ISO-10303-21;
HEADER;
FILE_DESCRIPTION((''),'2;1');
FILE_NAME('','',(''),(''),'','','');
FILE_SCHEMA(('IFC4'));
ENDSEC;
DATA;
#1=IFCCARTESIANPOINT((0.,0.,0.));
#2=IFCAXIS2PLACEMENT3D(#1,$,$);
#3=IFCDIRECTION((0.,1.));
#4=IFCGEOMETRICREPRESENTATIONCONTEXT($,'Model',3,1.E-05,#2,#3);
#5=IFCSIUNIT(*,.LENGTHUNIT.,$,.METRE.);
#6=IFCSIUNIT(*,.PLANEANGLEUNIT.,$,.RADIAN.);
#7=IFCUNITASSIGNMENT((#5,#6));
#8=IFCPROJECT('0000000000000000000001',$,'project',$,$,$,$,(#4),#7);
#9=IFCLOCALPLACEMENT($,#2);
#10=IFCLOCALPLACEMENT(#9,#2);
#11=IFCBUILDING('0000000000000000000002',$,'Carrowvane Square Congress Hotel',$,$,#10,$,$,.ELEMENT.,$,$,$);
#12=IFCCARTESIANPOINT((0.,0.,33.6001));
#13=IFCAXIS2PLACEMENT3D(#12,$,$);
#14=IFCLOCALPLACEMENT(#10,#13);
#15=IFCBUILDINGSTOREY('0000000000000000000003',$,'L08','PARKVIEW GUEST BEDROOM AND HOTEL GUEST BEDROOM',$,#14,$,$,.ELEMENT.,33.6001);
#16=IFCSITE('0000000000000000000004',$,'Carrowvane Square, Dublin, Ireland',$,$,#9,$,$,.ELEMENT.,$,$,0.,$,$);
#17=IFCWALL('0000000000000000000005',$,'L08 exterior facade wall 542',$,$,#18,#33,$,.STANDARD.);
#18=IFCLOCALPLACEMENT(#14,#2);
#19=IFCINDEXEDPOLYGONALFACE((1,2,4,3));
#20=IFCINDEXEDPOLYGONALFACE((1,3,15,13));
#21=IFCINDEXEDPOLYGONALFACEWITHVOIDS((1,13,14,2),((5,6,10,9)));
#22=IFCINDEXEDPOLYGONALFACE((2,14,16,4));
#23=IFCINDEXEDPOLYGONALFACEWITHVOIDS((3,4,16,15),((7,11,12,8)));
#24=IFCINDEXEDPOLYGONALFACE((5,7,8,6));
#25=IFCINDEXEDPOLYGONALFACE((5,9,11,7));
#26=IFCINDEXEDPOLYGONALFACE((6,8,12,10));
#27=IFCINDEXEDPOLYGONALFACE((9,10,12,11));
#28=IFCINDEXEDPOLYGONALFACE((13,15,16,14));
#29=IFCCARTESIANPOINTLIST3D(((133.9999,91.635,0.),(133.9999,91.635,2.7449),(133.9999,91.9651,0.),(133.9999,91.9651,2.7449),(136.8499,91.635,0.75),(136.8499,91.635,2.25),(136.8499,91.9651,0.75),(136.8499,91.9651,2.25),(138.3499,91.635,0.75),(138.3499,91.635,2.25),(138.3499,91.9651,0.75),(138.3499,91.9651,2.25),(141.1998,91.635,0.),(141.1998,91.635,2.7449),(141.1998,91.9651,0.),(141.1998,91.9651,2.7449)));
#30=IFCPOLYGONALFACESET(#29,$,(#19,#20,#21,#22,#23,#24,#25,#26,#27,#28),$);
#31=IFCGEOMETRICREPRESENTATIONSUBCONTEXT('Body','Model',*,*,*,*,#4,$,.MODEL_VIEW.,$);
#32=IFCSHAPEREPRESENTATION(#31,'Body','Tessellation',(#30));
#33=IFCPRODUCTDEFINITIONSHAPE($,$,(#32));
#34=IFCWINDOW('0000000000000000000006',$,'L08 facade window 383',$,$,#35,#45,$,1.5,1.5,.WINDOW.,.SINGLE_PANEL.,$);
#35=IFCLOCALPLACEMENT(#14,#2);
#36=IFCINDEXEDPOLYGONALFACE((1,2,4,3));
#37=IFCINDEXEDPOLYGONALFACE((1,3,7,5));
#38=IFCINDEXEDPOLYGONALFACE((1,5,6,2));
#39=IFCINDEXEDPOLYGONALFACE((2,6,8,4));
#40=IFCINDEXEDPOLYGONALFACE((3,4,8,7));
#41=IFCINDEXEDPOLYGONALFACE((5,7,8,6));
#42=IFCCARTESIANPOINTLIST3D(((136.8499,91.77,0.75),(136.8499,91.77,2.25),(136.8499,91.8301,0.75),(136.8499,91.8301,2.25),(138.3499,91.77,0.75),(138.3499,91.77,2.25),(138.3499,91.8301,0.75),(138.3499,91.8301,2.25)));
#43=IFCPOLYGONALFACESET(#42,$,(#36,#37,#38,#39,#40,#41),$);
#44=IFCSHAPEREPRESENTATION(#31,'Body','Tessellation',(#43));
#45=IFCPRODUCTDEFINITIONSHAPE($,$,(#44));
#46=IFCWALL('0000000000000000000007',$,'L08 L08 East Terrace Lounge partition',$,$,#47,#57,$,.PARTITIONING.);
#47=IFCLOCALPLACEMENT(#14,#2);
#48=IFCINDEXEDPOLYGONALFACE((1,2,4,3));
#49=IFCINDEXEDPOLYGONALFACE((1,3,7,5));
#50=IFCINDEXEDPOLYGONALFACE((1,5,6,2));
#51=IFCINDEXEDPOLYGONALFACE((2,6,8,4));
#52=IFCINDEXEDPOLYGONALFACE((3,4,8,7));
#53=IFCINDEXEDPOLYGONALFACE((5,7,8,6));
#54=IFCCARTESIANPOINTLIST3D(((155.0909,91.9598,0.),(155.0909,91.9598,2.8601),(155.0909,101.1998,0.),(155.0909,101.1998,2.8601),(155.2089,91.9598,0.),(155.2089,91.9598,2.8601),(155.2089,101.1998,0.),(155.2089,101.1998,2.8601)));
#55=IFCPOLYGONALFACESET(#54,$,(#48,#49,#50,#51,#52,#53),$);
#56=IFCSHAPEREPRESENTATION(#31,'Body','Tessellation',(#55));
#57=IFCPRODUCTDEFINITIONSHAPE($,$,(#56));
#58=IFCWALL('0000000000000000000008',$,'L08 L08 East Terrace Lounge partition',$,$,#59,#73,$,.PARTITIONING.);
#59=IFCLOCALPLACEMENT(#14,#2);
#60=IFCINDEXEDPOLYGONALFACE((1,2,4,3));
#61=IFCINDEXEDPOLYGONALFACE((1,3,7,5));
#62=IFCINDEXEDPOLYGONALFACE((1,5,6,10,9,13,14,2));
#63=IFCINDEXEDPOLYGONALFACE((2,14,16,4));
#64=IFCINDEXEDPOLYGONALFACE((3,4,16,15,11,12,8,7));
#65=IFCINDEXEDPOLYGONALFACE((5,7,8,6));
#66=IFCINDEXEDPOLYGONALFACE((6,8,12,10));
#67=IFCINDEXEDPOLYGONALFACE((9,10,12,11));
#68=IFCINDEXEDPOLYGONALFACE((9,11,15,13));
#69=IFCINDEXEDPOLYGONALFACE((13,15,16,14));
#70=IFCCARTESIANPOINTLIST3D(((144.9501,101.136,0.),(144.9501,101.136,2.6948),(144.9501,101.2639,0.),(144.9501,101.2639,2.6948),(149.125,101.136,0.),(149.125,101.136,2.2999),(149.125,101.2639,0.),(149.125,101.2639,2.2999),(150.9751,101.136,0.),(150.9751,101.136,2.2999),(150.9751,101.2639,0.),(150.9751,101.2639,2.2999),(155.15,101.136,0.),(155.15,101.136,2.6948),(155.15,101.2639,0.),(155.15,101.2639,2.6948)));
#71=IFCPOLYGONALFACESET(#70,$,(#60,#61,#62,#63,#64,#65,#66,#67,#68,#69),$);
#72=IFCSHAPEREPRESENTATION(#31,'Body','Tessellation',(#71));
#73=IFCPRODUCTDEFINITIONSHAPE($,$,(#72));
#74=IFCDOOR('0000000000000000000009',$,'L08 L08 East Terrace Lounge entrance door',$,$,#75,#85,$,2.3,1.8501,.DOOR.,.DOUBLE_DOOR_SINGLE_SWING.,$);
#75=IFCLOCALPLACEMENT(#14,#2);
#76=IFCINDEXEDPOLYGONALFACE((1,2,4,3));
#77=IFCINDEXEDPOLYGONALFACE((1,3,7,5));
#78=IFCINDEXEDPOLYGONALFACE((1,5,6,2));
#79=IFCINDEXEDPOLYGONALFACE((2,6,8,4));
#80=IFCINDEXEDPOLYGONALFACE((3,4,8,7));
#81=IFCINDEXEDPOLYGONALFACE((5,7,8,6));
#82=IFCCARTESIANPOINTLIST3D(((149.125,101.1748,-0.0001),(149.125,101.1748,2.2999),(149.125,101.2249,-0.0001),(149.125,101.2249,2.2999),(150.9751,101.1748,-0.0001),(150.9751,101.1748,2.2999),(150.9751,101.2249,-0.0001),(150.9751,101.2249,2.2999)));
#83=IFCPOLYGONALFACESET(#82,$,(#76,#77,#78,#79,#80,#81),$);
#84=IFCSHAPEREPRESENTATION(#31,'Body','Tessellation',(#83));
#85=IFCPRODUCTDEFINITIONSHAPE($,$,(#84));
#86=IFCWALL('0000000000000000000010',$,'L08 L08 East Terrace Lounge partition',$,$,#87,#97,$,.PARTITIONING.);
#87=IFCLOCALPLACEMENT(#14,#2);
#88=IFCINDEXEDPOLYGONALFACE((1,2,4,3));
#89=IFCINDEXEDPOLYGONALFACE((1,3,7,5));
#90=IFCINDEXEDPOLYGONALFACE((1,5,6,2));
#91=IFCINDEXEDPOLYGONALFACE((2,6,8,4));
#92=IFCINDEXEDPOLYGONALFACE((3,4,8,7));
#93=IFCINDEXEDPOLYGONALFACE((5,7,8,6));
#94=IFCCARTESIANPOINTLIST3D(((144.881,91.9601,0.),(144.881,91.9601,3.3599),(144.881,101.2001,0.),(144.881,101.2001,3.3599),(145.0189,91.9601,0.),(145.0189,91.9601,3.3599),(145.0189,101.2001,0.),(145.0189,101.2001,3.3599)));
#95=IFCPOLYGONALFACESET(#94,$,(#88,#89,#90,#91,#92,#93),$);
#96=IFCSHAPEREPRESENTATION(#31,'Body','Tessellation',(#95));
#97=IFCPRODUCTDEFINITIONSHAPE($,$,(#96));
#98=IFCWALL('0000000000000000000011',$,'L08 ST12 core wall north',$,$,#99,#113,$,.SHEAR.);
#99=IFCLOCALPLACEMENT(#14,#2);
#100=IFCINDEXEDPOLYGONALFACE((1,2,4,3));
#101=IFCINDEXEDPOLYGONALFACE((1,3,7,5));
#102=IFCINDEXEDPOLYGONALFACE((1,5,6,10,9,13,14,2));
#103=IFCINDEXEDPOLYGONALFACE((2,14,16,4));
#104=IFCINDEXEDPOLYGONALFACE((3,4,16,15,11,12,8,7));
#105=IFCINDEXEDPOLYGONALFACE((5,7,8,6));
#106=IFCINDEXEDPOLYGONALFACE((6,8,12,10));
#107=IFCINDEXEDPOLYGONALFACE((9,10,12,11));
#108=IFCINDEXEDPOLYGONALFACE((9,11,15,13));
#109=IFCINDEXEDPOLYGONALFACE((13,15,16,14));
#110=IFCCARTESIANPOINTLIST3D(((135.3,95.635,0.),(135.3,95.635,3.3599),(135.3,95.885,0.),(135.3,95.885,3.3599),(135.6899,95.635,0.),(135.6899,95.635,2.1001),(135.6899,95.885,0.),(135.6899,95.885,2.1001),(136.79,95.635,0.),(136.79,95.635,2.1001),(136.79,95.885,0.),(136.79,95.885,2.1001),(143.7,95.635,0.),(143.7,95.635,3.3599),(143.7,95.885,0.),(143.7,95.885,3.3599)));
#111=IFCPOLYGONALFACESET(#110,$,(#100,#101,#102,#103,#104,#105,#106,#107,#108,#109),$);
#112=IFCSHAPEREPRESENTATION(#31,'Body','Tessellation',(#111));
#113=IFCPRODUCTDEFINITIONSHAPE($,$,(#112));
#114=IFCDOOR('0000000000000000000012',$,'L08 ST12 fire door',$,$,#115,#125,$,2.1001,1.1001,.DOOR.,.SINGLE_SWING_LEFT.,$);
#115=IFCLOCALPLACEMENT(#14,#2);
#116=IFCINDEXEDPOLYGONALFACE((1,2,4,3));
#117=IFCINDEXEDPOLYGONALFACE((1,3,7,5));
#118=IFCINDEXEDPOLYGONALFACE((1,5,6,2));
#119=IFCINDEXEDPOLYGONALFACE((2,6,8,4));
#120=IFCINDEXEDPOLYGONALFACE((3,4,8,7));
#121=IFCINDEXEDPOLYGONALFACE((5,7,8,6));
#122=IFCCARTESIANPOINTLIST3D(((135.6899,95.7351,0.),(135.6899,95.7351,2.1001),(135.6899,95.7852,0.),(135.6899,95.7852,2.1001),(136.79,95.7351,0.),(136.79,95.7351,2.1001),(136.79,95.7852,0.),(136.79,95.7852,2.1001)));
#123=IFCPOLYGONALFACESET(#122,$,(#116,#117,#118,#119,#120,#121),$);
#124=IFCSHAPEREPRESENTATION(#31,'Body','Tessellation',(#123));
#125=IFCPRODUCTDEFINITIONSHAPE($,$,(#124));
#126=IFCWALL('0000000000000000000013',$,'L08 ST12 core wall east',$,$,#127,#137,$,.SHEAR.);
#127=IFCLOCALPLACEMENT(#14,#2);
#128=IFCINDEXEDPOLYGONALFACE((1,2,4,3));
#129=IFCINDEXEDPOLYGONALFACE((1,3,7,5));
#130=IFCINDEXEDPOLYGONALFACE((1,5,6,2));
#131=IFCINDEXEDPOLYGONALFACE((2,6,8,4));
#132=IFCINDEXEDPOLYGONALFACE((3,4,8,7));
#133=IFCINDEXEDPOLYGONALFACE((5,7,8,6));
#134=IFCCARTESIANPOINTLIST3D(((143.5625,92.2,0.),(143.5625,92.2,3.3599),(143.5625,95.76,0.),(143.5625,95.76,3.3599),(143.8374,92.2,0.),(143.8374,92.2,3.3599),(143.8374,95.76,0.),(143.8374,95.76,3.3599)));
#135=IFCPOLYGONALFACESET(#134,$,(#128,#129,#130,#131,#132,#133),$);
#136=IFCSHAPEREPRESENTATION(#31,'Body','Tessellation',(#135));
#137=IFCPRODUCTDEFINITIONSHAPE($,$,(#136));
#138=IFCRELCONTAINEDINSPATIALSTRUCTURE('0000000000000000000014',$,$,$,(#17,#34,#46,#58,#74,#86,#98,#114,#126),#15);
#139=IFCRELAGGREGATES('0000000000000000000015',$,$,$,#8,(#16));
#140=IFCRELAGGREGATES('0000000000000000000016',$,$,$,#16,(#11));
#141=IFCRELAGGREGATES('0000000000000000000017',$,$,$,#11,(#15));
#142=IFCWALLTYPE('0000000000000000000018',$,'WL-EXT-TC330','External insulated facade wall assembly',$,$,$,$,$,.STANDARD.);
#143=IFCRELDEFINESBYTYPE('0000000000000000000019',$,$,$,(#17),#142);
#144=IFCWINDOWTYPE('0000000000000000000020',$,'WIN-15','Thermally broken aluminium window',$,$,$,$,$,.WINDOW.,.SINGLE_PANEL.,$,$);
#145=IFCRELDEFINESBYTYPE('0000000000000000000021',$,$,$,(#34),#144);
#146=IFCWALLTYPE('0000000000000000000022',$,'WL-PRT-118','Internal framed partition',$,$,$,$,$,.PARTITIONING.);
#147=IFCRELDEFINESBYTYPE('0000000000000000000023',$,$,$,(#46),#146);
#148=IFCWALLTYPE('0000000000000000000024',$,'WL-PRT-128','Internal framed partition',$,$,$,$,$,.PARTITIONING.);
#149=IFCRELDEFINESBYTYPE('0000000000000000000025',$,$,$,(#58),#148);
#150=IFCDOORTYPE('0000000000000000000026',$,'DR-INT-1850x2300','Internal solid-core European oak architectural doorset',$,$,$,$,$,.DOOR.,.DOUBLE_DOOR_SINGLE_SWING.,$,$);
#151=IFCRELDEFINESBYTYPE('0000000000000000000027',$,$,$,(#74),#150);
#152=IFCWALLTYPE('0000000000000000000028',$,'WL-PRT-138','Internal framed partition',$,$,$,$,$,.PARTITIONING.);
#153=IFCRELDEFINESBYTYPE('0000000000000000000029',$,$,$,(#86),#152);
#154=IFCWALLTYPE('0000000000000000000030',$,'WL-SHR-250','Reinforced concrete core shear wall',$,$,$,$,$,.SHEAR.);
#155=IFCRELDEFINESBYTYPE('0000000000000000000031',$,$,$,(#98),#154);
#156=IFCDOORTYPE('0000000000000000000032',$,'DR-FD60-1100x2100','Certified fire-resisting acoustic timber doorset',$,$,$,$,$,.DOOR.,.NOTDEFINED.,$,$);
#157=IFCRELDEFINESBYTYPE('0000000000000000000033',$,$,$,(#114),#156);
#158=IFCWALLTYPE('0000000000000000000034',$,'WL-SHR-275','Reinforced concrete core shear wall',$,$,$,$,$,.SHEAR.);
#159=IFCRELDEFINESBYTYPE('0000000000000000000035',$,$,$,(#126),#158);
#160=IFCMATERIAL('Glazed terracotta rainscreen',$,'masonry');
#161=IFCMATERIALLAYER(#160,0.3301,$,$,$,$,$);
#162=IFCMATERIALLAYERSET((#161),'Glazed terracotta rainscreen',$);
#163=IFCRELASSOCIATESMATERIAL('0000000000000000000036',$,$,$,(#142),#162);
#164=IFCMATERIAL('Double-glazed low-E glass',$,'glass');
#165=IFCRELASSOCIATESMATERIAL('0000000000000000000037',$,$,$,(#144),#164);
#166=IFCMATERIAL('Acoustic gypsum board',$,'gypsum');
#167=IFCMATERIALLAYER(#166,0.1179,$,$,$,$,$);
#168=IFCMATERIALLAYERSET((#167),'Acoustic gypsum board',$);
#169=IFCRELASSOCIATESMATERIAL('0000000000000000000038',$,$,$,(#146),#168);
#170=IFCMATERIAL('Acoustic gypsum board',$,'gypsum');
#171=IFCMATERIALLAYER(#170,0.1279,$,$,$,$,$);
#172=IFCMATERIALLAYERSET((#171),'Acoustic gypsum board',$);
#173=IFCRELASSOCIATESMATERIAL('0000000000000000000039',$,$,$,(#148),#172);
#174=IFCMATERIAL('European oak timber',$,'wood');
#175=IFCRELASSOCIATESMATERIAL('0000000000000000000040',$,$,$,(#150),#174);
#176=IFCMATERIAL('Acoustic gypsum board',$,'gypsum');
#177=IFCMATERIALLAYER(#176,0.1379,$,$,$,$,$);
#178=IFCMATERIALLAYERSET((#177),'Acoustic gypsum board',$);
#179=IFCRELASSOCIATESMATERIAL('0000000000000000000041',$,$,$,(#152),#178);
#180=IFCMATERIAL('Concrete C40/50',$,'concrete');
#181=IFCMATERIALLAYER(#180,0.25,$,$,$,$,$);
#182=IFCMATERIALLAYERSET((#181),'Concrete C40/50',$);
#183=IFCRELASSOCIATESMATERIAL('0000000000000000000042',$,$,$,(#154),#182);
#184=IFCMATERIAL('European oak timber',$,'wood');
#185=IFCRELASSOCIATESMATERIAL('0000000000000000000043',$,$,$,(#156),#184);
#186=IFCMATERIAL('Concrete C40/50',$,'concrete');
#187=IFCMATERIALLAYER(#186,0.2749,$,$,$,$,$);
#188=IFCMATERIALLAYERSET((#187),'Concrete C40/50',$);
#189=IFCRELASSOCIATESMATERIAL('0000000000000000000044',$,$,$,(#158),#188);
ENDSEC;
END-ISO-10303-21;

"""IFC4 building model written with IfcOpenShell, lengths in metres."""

from ifc_helpers import new_model, si_unit, direction, frame, frame_2d, origin, place, context, subcontext, project, spatial, rectangle, extrude, material, layer, layer_set, type_object, element, fill, save


model = new_model("IFC4")

# Units and contexts
model_context = context("Model", 3, precision=1e-05, world=origin(), true_north=direction((0.0, 1.0)))
body_context = subcontext(model_context, "Body", "Model", "MODEL_VIEW")
ifc_project = project(units=[si_unit("LENGTHUNIT", "METRE"), si_unit("PLANEANGLEUNIT", "RADIAN")], contexts=[model_context])

# Site, building, storey
site_placement = place(None, origin())
site = spatial("IfcSite", under=ifc_project, at=site_placement, Name="Carrowvane Square, Dublin, Ireland", CompositionType="ELEMENT", RefElevation=0.0)
building_placement = place(site_placement, origin())
building = spatial("IfcBuilding", under=site, at=building_placement, Name="Carrowvane Square Congress Hotel", CompositionType="ELEMENT")
storey_placement = place(building_placement, frame((0.0, 0.0, 33.6001)))
storey = spatial("IfcBuildingStorey", under=building, at=storey_placement, Name="L08", Description="PARKVIEW GUEST BEDROOM AND HOTEL GUEST BEDROOM", CompositionType="ELEMENT", Elevation=33.6001)

# Shared definitions
ifc_material_1 = material(Name="Glazed terracotta rainscreen", Category="masonry")
ifc_layer_1 = layer(ifc_material_1, 0.3301)
ifc_layer_set_1 = layer_set([ifc_layer_1], Name="Glazed terracotta rainscreen")
wall_type_1 = type_object("IfcWallType", Name="WL-EXT-TC330", Description="External insulated facade wall assembly", PredefinedType="STANDARD", material=ifc_layer_set_1)

# Wall, opening, window
wall_1_placement = place(storey_placement, frame((141.2, 91.8, 0.0), z_axis=(0.0, 0.0, 1.0), x_axis=(-1.0, 0.0, 0.0)))
wall_1 = element("IfcWall", 1, at=wall_1_placement, inside=storey, type_object=wall_type_1, Name="L08 exterior facade wall 542", PredefinedType="STANDARD", context=body_context, shape_type="SweptSolid", body=[
    extrude(rectangle(XDim=7.2, YDim=0.3301, at=frame_2d((3.6001, 0.0))), origin(), (0.0, 0.0, 1.0), 2.7449),
])
opening_1_placement = place(wall_1_placement, frame((2.8501, 0.0, 0.75)))
opening_1 = element("IfcOpeningElement", 2, at=opening_1_placement, cuts=wall_1, PredefinedType="OPENING", context=body_context, shape_type="SweptSolid", body=[
    extrude(rectangle(XDim=1.5, YDim=1.5, at=frame_2d((0.75, 0.75))), frame((0.0, 0.175, 0.0), z_axis=(0.0, -1.0, 0.0), x_axis=(1.0, 0.0, 0.0)), (0.0, 0.0, 1.0), 0.3501),
])
ifc_material_2 = material(Name="Double-glazed low-E glass", Category="glass")
window_type_1 = type_object("IfcWindowType", Name="WIN-15", Description="Thermally broken aluminium window", PartitioningType="SINGLE_PANEL", PredefinedType="WINDOW", material=ifc_material_2)
window_1_placement = place(opening_1_placement, origin())
window_1 = element("IfcWindow", 3, at=window_1_placement, inside=storey, type_object=window_type_1, Name="L08 facade window 383", OverallHeight=1.5, OverallWidth=1.5, PartitioningType="SINGLE_PANEL", PredefinedType="WINDOW", context=body_context, shape_type="SweptSolid", body=[
    extrude(rectangle(XDim=1.5, YDim=1.5, at=frame_2d((0.75, 0.75))), frame((0.0, 0.03, 0.0), z_axis=(0.0, -1.0, 0.0), x_axis=(1.0, 0.0, 0.0)), (0.0, 0.0, 1.0), 0.0601),
])
fill(opening_1, window_1)

# Wall
ifc_material_3 = material(Name="Acoustic gypsum board", Category="gypsum")
ifc_layer_2 = layer(ifc_material_3, 0.1179)
ifc_layer_set_2 = layer_set([ifc_layer_2], Name="Acoustic gypsum board")
wall_type_2 = type_object("IfcWallType", Name="WL-PRT-118", Description="Internal framed partition", PredefinedType="PARTITIONING", material=ifc_layer_set_2)
wall_2_placement = place(storey_placement, frame((155.1499, 101.2, 0.0), z_axis=(0.0, 0.0, 1.0), x_axis=(0.0, -1.0, 0.0)))
element("IfcWall", 4, at=wall_2_placement, inside=storey, type_object=wall_type_2, Name="L08 L08 East Terrace Lounge partition", PredefinedType="PARTITIONING", context=body_context, shape_type="SweptSolid", body=[
    extrude(rectangle(XDim=9.24, YDim=0.1179, at=frame_2d((4.6201, 0.0))), origin(), (0.0, 0.0, 1.0), 2.8601),
])

# Wall, opening, door
ifc_material_4 = material(Name="Acoustic gypsum board", Category="gypsum")
ifc_layer_3 = layer(ifc_material_4, 0.1279)
ifc_layer_set_3 = layer_set([ifc_layer_3], Name="Acoustic gypsum board")
wall_type_3 = type_object("IfcWallType", Name="WL-PRT-128", Description="Internal framed partition", PredefinedType="PARTITIONING", material=ifc_layer_set_3)
wall_3_placement = place(storey_placement, frame((144.95, 101.2, 0.0), z_axis=(0.0, 0.0, 1.0), x_axis=(1.0, 0.0, 0.0)))
wall_3 = element("IfcWall", 5, at=wall_3_placement, inside=storey, type_object=wall_type_3, Name="L08 L08 East Terrace Lounge partition", PredefinedType="PARTITIONING", context=body_context, shape_type="SweptSolid", body=[
    extrude(rectangle(XDim=10.2, YDim=0.1279, at=frame_2d((5.1001, 0.0))), origin(), (0.0, 0.0, 1.0), 2.6948),
])
opening_2_placement = place(wall_3_placement, frame((4.175, 0.0, 0.0)))
opening_2 = element("IfcOpeningElement", 6, at=opening_2_placement, cuts=wall_3, PredefinedType="OPENING", context=body_context, shape_type="SweptSolid", body=[
    extrude(rectangle(XDim=1.8501, YDim=2.3, at=frame_2d((0.925, 1.1499))), frame((0.0, 0.074, 0.0), z_axis=(0.0, -1.0, 0.0), x_axis=(1.0, 0.0, 0.0)), (0.0, 0.0, 1.0), 0.1479),
])
ifc_material_5 = material(Name="European oak timber", Category="wood")
door_type_1 = type_object("IfcDoorType", Name="DR-INT-1850x2300", Description="Internal solid-core European oak architectural doorset", OperationType="DOUBLE_DOOR_SINGLE_SWING", PredefinedType="DOOR", material=ifc_material_5)
door_1_placement = place(opening_2_placement, origin())
door_1 = element("IfcDoor", 7, at=door_1_placement, inside=storey, type_object=door_type_1, Name="L08 L08 East Terrace Lounge entrance door", OperationType="DOUBLE_DOOR_SINGLE_SWING", OverallHeight=2.3, OverallWidth=1.8501, PredefinedType="DOOR", context=body_context, shape_type="SweptSolid", body=[
    extrude(rectangle(XDim=1.8501, YDim=2.3, at=frame_2d((0.925, 1.1499))), frame((0.0, 0.0249, 0.0), z_axis=(0.0, -1.0, 0.0), x_axis=(1.0, 0.0, 0.0)), (0.0, 0.0, 1.0), 0.05),
])
fill(opening_2, door_1)

# Wall
ifc_material_6 = material(Name="Acoustic gypsum board", Category="gypsum")
ifc_layer_4 = layer(ifc_material_6, 0.1379)
ifc_layer_set_4 = layer_set([ifc_layer_4], Name="Acoustic gypsum board")
wall_type_4 = type_object("IfcWallType", Name="WL-PRT-138", Description="Internal framed partition", PredefinedType="PARTITIONING", material=ifc_layer_set_4)
wall_4_placement = place(storey_placement, frame((144.95, 91.96, 0.0), z_axis=(0.0, 0.0, 1.0), x_axis=(0.0, 1.0, 0.0)))
element("IfcWall", 8, at=wall_4_placement, inside=storey, type_object=wall_type_4, Name="L08 L08 East Terrace Lounge partition", PredefinedType="PARTITIONING", context=body_context, shape_type="SweptSolid", body=[
    extrude(rectangle(XDim=9.24, YDim=0.1379, at=frame_2d((4.6201, 0.0))), origin(), (0.0, 0.0, 1.0), 3.3599),
])

# Wall, opening, door
ifc_material_7 = material(Name="Concrete C40/50", Category="concrete")
ifc_layer_5 = layer(ifc_material_7, 0.25)
ifc_layer_set_5 = layer_set([ifc_layer_5], Name="Concrete C40/50")
wall_type_5 = type_object("IfcWallType", Name="WL-SHR-250", Description="Reinforced concrete core shear wall", PredefinedType="SHEAR", material=ifc_layer_set_5)
wall_5_placement = place(storey_placement, frame((143.7, 95.76, 0.0), z_axis=(0.0, 0.0, 1.0), x_axis=(-1.0, 0.0, 0.0)))
wall_5 = element("IfcWall", 9, at=wall_5_placement, inside=storey, type_object=wall_type_5, Name="L08 ST12 core wall north", PredefinedType="SHEAR", context=body_context, shape_type="SweptSolid", body=[
    extrude(rectangle(XDim=8.3999, YDim=0.25, at=frame_2d((4.2, 0.0))), origin(), (0.0, 0.0, 1.0), 3.3599),
])
opening_3_placement = place(wall_5_placement, frame((6.9099, 0.0, 0.0)))
opening_3 = element("IfcOpeningElement", 10, at=opening_3_placement, cuts=wall_5, PredefinedType="OPENING", context=body_context, shape_type="SweptSolid", body=[
    extrude(rectangle(XDim=1.1001, YDim=2.1001, at=frame_2d((0.55, 1.05))), frame((0.0, 0.135, 0.0), z_axis=(0.0, -1.0, 0.0), x_axis=(1.0, 0.0, 0.0)), (0.0, 0.0, 1.0), 0.27),
])
ifc_material_8 = material(Name="European oak timber", Category="wood")
door_type_2 = type_object("IfcDoorType", Name="DR-FD60-1100x2100", Description="Certified fire-resisting acoustic timber doorset", OperationType="NOTDEFINED", PredefinedType="DOOR", material=ifc_material_8)
door_2_placement = place(opening_3_placement, origin())
door_2 = element("IfcDoor", 11, at=door_2_placement, inside=storey, type_object=door_type_2, Name="L08 ST12 fire door", OperationType="SINGLE_SWING_LEFT", OverallHeight=2.1001, OverallWidth=1.1001, PredefinedType="DOOR", context=body_context, shape_type="SweptSolid", body=[
    extrude(rectangle(XDim=1.1001, YDim=2.1001, at=frame_2d((0.55, 1.05))), frame((0.0, 0.0249, 0.0), z_axis=(0.0, -1.0, 0.0), x_axis=(1.0, 0.0, 0.0)), (0.0, 0.0, 1.0), 0.05),
])
fill(opening_3, door_2)

# Wall
ifc_material_9 = material(Name="Concrete C40/50", Category="concrete")
ifc_layer_6 = layer(ifc_material_9, 0.2749)
ifc_layer_set_6 = layer_set([ifc_layer_6], Name="Concrete C40/50")
wall_type_6 = type_object("IfcWallType", Name="WL-SHR-275", Description="Reinforced concrete core shear wall", PredefinedType="SHEAR", material=ifc_layer_set_6)
wall_6_placement = place(storey_placement, frame((143.7, 92.2, 0.0), z_axis=(0.0, 0.0, 1.0), x_axis=(0.0, 1.0, 0.0)))
element("IfcWall", 12, at=wall_6_placement, inside=storey, type_object=wall_type_6, Name="L08 ST12 core wall east", PredefinedType="SHEAR", context=body_context, shape_type="SweptSolid", body=[
    extrude(rectangle(XDim=3.5601, YDim=0.2749, at=frame_2d((1.78, 0.0))), origin(), (0.0, 0.0, 1.0), 3.3599),
])

save(model, "model.ifc")
